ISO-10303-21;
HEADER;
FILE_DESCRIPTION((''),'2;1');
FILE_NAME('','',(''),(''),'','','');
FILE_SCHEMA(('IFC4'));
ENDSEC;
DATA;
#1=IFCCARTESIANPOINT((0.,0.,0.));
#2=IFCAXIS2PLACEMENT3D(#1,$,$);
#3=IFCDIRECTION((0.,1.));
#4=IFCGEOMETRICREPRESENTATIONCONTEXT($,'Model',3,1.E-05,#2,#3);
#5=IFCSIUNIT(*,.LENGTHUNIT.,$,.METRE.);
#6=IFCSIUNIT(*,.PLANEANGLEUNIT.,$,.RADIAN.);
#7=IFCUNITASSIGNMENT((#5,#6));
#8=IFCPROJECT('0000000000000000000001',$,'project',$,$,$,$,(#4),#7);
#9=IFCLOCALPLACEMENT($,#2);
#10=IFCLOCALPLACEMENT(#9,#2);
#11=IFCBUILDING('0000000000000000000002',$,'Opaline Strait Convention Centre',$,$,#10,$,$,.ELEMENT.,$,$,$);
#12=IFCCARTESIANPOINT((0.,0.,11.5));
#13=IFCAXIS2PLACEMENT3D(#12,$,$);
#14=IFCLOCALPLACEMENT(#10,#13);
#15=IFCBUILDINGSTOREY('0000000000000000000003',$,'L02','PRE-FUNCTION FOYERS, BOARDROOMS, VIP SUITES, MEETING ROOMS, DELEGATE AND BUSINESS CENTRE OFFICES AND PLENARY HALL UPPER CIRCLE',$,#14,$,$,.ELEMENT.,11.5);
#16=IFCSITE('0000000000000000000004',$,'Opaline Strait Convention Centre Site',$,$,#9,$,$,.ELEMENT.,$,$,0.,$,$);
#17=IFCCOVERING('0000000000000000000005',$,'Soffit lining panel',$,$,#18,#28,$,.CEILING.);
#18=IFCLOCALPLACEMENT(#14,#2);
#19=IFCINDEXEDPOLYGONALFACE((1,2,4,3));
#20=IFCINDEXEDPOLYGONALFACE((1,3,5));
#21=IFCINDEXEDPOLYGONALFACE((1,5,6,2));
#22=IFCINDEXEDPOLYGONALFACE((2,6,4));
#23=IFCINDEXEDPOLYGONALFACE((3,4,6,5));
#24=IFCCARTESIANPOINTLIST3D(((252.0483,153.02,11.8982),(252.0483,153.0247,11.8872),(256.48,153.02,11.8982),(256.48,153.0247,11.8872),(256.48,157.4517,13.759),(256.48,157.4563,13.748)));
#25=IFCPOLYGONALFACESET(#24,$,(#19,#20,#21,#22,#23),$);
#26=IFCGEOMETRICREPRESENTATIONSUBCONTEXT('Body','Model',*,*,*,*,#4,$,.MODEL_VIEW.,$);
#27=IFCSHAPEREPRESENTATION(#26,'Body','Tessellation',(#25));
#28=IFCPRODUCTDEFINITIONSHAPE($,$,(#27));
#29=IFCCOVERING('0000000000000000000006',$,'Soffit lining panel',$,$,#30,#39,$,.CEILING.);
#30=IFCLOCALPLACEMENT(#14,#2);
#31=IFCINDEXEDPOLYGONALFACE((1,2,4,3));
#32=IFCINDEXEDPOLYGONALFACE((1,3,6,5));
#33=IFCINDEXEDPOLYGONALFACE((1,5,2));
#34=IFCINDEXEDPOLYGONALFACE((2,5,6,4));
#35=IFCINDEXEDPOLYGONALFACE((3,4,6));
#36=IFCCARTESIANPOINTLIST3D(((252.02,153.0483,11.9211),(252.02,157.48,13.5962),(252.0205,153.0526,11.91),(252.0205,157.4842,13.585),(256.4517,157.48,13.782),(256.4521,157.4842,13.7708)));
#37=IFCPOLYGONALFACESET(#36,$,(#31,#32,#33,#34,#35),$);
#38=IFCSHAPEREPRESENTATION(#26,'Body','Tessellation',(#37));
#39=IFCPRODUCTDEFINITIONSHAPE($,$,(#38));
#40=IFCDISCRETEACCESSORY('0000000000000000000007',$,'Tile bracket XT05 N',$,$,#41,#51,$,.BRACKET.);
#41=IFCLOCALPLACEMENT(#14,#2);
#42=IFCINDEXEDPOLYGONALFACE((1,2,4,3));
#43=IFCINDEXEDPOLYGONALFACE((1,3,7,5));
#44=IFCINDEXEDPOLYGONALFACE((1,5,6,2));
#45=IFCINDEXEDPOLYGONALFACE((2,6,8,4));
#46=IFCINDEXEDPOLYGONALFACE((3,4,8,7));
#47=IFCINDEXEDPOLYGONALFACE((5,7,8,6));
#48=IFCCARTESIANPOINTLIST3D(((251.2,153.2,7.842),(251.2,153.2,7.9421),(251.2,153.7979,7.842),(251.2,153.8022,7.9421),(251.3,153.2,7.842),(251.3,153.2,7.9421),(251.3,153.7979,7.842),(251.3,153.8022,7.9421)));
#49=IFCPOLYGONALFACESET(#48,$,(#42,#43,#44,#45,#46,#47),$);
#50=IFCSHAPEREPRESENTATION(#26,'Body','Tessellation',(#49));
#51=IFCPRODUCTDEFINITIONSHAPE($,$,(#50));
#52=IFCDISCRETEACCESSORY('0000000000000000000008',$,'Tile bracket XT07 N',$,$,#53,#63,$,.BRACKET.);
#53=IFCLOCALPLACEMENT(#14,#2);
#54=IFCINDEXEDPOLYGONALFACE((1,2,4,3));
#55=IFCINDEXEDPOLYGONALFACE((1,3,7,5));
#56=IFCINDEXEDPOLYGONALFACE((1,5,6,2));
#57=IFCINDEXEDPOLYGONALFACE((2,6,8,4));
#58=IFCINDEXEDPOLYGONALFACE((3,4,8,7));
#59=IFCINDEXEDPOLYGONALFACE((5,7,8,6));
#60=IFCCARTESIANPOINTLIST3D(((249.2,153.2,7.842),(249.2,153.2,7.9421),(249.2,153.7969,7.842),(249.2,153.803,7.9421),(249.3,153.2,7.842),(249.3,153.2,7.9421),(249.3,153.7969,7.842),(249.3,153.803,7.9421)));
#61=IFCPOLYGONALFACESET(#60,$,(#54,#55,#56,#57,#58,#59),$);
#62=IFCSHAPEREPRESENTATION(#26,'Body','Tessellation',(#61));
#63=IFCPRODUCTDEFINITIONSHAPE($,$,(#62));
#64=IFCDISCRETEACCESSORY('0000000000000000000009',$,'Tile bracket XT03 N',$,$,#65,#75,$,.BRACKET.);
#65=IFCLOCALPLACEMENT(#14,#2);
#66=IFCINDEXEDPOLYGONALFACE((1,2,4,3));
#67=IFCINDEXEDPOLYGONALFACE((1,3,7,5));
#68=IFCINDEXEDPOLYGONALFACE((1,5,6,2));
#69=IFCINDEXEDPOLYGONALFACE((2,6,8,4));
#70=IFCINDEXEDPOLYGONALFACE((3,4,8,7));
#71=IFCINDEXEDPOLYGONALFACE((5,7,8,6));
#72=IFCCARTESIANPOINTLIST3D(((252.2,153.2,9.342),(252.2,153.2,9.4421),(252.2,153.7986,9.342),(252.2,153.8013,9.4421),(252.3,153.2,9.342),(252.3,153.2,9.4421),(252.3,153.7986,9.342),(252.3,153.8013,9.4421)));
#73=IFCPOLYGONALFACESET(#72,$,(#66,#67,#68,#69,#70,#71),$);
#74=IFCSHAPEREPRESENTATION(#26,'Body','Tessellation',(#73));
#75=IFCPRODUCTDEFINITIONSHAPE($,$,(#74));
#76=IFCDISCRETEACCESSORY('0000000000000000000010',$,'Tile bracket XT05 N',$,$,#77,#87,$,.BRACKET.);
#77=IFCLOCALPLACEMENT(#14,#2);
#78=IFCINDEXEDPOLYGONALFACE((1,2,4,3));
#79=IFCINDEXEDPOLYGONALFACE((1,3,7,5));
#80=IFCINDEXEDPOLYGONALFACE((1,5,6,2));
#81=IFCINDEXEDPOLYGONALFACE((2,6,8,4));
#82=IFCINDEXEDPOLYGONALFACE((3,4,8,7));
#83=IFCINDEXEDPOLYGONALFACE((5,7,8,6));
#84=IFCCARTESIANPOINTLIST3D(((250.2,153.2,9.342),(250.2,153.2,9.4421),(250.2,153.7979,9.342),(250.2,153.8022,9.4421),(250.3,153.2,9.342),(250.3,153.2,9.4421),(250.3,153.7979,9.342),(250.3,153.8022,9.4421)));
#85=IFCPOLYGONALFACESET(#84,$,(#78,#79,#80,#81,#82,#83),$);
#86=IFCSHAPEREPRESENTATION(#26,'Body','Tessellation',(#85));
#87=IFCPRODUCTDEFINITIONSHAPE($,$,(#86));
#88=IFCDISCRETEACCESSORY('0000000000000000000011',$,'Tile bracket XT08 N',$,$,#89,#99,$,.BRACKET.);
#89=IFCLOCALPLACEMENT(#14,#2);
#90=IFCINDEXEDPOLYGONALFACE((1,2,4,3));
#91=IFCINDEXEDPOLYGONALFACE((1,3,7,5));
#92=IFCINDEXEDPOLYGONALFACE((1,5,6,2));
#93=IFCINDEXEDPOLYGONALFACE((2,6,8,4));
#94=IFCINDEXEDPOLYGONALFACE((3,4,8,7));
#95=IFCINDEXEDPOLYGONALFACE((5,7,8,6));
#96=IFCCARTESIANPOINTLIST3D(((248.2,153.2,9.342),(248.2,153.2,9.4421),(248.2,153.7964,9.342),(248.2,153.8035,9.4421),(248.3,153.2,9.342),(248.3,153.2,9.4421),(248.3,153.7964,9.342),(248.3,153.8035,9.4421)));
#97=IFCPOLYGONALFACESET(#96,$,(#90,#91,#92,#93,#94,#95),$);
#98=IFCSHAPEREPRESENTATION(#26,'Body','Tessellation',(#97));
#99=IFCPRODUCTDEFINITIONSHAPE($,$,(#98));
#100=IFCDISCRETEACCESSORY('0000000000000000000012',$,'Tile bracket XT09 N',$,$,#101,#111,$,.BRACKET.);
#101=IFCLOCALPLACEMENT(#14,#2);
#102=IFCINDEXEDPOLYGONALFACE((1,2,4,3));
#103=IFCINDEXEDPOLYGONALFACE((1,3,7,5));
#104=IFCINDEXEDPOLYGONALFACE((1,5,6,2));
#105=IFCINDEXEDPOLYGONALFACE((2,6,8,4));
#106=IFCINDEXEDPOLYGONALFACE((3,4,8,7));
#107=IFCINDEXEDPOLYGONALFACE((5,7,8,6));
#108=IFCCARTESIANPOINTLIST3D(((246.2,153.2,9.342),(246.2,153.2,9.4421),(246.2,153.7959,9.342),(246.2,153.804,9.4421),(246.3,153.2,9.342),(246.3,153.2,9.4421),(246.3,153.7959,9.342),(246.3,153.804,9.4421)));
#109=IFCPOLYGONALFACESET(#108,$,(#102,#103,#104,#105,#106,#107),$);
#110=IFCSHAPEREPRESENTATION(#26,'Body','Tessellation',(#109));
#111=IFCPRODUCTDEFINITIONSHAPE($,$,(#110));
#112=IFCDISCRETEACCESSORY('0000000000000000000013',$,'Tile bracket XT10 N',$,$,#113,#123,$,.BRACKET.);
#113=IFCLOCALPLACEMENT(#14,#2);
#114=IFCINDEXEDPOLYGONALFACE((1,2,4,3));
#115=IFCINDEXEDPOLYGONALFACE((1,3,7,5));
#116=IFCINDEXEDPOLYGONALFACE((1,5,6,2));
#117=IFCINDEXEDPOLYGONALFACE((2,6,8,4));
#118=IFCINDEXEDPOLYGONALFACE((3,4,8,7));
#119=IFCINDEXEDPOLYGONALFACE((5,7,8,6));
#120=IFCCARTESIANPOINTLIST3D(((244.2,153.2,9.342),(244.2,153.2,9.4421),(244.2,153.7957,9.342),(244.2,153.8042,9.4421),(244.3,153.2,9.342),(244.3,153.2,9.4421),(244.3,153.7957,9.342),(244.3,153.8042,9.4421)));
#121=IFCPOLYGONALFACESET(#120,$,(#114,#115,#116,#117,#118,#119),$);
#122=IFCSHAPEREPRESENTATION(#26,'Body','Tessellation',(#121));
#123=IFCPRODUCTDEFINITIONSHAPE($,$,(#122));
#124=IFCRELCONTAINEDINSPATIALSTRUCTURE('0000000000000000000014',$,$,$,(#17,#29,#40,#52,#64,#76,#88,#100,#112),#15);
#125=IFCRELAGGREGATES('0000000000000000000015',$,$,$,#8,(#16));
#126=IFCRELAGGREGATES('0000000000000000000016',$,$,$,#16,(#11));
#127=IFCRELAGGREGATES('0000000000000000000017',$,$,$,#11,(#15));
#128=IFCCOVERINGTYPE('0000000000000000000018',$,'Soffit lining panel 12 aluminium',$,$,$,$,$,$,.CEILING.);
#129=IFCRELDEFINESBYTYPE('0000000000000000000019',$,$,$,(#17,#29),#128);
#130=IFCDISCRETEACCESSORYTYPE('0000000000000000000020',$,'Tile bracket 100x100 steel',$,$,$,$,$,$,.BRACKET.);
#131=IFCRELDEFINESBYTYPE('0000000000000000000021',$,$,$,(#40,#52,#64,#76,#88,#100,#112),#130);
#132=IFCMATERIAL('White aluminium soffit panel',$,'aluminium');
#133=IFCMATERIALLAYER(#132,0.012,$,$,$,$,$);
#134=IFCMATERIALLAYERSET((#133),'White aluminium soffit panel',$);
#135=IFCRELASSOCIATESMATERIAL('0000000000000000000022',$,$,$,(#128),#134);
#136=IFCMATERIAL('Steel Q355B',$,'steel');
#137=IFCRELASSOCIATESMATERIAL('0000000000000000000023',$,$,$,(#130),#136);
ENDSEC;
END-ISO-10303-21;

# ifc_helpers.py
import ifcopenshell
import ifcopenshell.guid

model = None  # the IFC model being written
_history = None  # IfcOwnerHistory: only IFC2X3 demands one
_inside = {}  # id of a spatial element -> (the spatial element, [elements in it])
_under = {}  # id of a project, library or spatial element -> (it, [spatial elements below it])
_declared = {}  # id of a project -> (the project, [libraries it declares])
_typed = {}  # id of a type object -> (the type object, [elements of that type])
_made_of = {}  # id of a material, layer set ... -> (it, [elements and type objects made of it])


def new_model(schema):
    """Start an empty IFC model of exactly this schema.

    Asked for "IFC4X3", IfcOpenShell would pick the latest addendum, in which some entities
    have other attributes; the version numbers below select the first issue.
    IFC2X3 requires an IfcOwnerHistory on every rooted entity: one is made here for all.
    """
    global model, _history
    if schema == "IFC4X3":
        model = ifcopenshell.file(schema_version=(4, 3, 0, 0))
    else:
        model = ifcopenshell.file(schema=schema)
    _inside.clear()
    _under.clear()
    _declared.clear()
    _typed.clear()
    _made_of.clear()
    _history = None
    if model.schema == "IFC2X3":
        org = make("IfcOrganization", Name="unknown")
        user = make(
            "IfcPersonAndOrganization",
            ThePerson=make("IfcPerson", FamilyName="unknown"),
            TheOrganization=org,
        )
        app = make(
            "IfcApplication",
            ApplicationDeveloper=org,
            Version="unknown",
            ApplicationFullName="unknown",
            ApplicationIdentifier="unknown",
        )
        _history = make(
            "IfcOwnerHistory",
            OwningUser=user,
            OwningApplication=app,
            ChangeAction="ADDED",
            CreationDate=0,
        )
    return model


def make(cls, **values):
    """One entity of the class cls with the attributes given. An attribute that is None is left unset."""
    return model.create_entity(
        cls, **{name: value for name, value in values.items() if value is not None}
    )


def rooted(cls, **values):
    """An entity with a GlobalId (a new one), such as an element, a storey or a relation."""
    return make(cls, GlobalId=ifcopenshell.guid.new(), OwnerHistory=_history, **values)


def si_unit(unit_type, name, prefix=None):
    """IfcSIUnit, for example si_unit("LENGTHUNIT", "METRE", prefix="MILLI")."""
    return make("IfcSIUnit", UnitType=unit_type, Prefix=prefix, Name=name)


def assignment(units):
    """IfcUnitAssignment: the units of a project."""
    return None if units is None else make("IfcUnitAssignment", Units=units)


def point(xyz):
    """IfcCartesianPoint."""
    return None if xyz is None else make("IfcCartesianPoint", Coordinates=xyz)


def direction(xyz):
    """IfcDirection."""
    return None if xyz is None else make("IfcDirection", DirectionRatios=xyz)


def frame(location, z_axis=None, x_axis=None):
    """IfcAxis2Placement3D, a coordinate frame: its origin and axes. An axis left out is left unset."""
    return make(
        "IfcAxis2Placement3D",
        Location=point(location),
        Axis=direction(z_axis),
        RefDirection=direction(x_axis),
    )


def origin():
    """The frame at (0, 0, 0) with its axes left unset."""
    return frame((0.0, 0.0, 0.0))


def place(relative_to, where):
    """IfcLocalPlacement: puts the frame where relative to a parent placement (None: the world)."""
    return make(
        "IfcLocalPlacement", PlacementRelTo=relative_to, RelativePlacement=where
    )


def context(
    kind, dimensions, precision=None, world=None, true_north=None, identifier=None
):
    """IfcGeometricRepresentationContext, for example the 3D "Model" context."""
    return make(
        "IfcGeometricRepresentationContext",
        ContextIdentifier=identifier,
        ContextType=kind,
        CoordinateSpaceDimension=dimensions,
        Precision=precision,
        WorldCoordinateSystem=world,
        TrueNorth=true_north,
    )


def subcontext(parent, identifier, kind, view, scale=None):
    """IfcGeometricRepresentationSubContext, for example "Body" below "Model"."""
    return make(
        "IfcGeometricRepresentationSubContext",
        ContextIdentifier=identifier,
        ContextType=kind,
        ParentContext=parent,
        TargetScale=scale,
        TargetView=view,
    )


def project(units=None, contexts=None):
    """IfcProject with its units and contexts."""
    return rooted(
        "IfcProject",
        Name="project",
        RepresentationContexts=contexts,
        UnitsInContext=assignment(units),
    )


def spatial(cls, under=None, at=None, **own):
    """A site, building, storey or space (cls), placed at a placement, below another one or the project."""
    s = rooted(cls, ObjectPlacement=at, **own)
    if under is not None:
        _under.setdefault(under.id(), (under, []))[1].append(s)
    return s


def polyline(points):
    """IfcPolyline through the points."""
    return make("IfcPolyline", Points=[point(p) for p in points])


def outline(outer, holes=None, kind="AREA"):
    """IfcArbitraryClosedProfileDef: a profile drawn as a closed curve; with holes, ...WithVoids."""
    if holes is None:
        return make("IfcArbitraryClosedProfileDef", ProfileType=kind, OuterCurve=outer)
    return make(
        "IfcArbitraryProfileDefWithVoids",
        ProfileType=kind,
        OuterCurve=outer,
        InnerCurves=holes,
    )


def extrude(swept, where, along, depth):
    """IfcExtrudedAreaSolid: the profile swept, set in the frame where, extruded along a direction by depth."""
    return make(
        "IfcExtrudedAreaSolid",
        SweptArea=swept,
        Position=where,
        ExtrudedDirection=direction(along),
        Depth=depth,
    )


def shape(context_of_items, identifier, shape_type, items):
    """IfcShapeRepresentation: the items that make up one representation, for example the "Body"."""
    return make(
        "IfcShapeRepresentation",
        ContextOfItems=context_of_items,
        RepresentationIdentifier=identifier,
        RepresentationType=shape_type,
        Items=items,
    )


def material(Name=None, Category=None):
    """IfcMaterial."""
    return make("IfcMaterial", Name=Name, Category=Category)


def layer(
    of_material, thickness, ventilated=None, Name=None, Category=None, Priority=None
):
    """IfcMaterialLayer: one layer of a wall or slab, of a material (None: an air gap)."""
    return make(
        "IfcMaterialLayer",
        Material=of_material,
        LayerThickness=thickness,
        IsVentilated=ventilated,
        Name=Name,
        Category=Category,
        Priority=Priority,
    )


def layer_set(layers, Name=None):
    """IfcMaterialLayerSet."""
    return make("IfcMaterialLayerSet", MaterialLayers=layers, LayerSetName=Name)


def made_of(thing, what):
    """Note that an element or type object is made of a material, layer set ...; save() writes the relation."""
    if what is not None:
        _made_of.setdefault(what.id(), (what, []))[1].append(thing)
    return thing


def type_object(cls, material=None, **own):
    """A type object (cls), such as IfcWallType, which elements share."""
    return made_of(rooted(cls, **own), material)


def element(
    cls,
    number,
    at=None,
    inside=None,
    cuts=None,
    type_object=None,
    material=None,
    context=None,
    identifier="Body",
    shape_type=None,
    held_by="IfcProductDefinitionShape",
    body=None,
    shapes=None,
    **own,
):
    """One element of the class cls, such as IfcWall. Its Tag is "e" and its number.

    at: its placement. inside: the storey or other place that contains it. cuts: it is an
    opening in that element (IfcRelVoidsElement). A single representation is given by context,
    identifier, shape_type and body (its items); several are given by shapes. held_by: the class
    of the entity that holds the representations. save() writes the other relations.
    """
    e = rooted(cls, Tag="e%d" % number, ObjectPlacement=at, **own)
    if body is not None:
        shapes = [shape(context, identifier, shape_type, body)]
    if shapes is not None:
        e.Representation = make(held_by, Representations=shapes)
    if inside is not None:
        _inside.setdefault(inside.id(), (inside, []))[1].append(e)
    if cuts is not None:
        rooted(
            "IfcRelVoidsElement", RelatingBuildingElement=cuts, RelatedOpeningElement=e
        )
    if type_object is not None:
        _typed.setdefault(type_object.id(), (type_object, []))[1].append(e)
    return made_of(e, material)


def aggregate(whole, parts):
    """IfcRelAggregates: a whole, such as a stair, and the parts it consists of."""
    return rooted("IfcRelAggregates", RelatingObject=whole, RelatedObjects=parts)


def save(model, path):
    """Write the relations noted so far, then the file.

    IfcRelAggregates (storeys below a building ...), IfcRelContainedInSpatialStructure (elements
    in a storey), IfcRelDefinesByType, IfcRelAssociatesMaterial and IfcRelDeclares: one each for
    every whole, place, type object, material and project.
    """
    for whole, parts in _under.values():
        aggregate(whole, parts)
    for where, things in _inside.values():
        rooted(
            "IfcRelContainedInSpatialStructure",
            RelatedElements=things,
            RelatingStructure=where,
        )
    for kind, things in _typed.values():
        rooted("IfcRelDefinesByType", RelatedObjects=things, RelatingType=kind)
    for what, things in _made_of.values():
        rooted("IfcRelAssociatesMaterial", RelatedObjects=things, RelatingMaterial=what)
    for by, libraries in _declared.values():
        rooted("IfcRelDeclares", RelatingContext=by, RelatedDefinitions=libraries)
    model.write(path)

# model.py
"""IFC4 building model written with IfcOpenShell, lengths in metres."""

from ifc_helpers import new_model, si_unit, direction, frame, origin, place, context, subcontext, project, spatial, polyline, outline, extrude, material, layer, layer_set, type_object, element, save


model = new_model("IFC4")

# Units and contexts
model_context = context("Model", 3, precision=1e-05, world=origin(), true_north=direction((0.0, 1.0)))
body_context = subcontext(model_context, "Body", "Model", "MODEL_VIEW")
ifc_project = project(units=[si_unit("LENGTHUNIT", "METRE"), si_unit("PLANEANGLEUNIT", "RADIAN")], contexts=[model_context])

# Site, building, storey
site_placement = place(None, origin())
site = spatial("IfcSite", under=ifc_project, at=site_placement, Name="Opaline Strait Convention Centre Site", CompositionType="ELEMENT", RefElevation=0.0)
building_placement = place(site_placement, origin())
building = spatial("IfcBuilding", under=site, at=building_placement, Name="Opaline Strait Convention Centre", CompositionType="ELEMENT")
storey_placement = place(building_placement, frame((0.0, 0.0, 11.5)))
storey = spatial("IfcBuildingStorey", under=building, at=storey_placement, Name="L02", Description="PRE-FUNCTION FOYERS, BOARDROOMS, VIP SUITES, MEETING ROOMS, DELEGATE AND BUSINESS CENTRE OFFICES AND PLENARY HALL UPPER CIRCLE", CompositionType="ELEMENT", Elevation=11.5)

# Shared definitions
ifc_material_1 = material(Name="Steel Q355B", Category="steel")

# Coverings
ifc_material_2 = material(Name="White aluminium soffit panel", Category="aluminium")
ifc_layer = layer(ifc_material_2, 0.012)
ifc_layer_set = layer_set([ifc_layer], Name="White aluminium soffit panel")
covering_type_1 = type_object("IfcCoveringType", Name="Soffit lining panel 12 aluminium", PredefinedType="CEILING", material=ifc_layer_set)
covering_1_placement = place(storey_placement, frame((252.0483, 153.02, 11.8982), z_axis=(0.0, -0.387153, 0.922015), x_axis=(0.677859, 0.677859, 0.284632)))
element("IfcCovering", 1, at=covering_1_placement, inside=storey, type_object=covering_type_1, Name="Soffit lining panel", PredefinedType="CEILING", context=body_context, shape_type="SweptSolid", body=[
    extrude(outline(polyline([(0.0, 0.0), (6.5377, 0.0), (3.004, -3.2581), (0.0, 0.0)])), origin(), (0.0, 0.0, -1.0), 0.012),
])
covering_2_placement = place(storey_placement, frame((252.02, 153.0483, 11.9211), z_axis=(-0.039186, -0.35329, 0.934693), x_axis=(0.0, 0.935411, 0.353562)))
element("IfcCovering", 2, at=covering_2_placement, inside=storey, type_object=covering_type_1, Name="Soffit lining panel", PredefinedType="CEILING", context=body_context, shape_type="SweptSolid", body=[
    extrude(outline(polyline([(0.0, 0.0), (4.7376, 0.0), (4.8033, -4.435), (0.0, 0.0)])), origin(), (0.0, 0.0, -1.0), 0.012),
])

# Discrete accessories
discrete_accessory_type = type_object("IfcDiscreteAccessoryType", Name="Tile bracket 100x100 steel", PredefinedType="BRACKET", material=ifc_material_1)
discrete_accessory_1_placement = place(storey_placement, frame((251.3, 153.2, 7.8921), z_axis=(-1.0, 0.0, 0.0), x_axis=(0.0, -1.0, 0.0)))
element("IfcDiscreteAccessory", 3, at=discrete_accessory_1_placement, inside=storey, type_object=discrete_accessory_type, Name="Tile bracket XT05 N", PredefinedType="BRACKET", context=body_context, shape_type="SweptSolid", body=[
    extrude(outline(polyline([(0.0, -0.05), (0.0, 0.05), (-0.6023, 0.05), (-0.5979, -0.05), (0.0, -0.05)])), origin(), (0.0, 0.0, 1.0), 0.1001),
])
discrete_accessory_2_placement = place(storey_placement, frame((249.3, 153.2, 7.8921), z_axis=(-1.0, 0.0, 0.0), x_axis=(0.0, -1.0, 0.0)))
element("IfcDiscreteAccessory", 4, at=discrete_accessory_2_placement, inside=storey, type_object=discrete_accessory_type, Name="Tile bracket XT07 N", PredefinedType="BRACKET", context=body_context, shape_type="SweptSolid", body=[
    extrude(outline(polyline([(0.0, -0.05), (0.0, 0.05), (-0.603, 0.05), (-0.5969, -0.05), (0.0, -0.05)])), origin(), (0.0, 0.0, 1.0), 0.1001),
])
discrete_accessory_3_placement = place(storey_placement, frame((252.3, 153.2, 9.3921), z_axis=(-1.0, 0.0, 0.0), x_axis=(0.0, -1.0, 0.0)))
element("IfcDiscreteAccessory", 5, at=discrete_accessory_3_placement, inside=storey, type_object=discrete_accessory_type, Name="Tile bracket XT03 N", PredefinedType="BRACKET", context=body_context, shape_type="SweptSolid", body=[
    extrude(outline(polyline([(0.0, -0.05), (0.0, 0.05), (-0.6013, 0.05), (-0.5986, -0.05), (0.0, -0.05)])), origin(), (0.0, 0.0, 1.0), 0.1001),
])
discrete_accessory_4_placement = place(storey_placement, frame((250.3, 153.2, 9.3921), z_axis=(-1.0, 0.0, 0.0), x_axis=(0.0, -1.0, 0.0)))
element("IfcDiscreteAccessory", 6, at=discrete_accessory_4_placement, inside=storey, type_object=discrete_accessory_type, Name="Tile bracket XT05 N", PredefinedType="BRACKET", context=body_context, shape_type="SweptSolid", body=[
    extrude(outline(polyline([(0.0, -0.05), (0.0, 0.05), (-0.6023, 0.05), (-0.5979, -0.05), (0.0, -0.05)])), origin(), (0.0, 0.0, 1.0), 0.1001),
])
discrete_accessory_5_placement = place(storey_placement, frame((248.3, 153.2, 9.3921), z_axis=(-1.0, 0.0, 0.0), x_axis=(0.0, -1.0, 0.0)))
element("IfcDiscreteAccessory", 7, at=discrete_accessory_5_placement, inside=storey, type_object=discrete_accessory_type, Name="Tile bracket XT08 N", PredefinedType="BRACKET", context=body_context, shape_type="SweptSolid", body=[
    extrude(outline(polyline([(0.0, -0.05), (0.0, 0.05), (-0.6035, 0.05), (-0.5964, -0.05), (0.0, -0.05)])), origin(), (0.0, 0.0, 1.0), 0.1001),
])
discrete_accessory_6_placement = place(storey_placement, frame((246.3, 153.2, 9.3921), z_axis=(-1.0, 0.0, 0.0), x_axis=(0.0, -1.0, 0.0)))
element("IfcDiscreteAccessory", 8, at=discrete_accessory_6_placement, inside=storey, type_object=discrete_accessory_type, Name="Tile bracket XT09 N", PredefinedType="BRACKET", context=body_context, shape_type="SweptSolid", body=[
    extrude(outline(polyline([(0.0, -0.05), (0.0, 0.05), (-0.604, 0.05), (-0.5959, -0.05), (0.0, -0.05)])), origin(), (0.0, 0.0, 1.0), 0.1001),
])
discrete_accessory_7_placement = place(storey_placement, frame((244.3, 153.2, 9.3921), z_axis=(-1.0, 0.0, 0.0), x_axis=(0.0, -1.0, 0.0)))
element("IfcDiscreteAccessory", 9, at=discrete_accessory_7_placement, inside=storey, type_object=discrete_accessory_type, Name="Tile bracket XT10 N", PredefinedType="BRACKET", context=body_context, shape_type="SweptSolid", body=[
    extrude(outline(polyline([(0.0, -0.05), (0.0, 0.05), (-0.6042, 0.05), (-0.5957, -0.05), (0.0, -0.05)])), origin(), (0.0, 0.0, 1.0), 0.1001),
])

save(model, "model.ifc")
